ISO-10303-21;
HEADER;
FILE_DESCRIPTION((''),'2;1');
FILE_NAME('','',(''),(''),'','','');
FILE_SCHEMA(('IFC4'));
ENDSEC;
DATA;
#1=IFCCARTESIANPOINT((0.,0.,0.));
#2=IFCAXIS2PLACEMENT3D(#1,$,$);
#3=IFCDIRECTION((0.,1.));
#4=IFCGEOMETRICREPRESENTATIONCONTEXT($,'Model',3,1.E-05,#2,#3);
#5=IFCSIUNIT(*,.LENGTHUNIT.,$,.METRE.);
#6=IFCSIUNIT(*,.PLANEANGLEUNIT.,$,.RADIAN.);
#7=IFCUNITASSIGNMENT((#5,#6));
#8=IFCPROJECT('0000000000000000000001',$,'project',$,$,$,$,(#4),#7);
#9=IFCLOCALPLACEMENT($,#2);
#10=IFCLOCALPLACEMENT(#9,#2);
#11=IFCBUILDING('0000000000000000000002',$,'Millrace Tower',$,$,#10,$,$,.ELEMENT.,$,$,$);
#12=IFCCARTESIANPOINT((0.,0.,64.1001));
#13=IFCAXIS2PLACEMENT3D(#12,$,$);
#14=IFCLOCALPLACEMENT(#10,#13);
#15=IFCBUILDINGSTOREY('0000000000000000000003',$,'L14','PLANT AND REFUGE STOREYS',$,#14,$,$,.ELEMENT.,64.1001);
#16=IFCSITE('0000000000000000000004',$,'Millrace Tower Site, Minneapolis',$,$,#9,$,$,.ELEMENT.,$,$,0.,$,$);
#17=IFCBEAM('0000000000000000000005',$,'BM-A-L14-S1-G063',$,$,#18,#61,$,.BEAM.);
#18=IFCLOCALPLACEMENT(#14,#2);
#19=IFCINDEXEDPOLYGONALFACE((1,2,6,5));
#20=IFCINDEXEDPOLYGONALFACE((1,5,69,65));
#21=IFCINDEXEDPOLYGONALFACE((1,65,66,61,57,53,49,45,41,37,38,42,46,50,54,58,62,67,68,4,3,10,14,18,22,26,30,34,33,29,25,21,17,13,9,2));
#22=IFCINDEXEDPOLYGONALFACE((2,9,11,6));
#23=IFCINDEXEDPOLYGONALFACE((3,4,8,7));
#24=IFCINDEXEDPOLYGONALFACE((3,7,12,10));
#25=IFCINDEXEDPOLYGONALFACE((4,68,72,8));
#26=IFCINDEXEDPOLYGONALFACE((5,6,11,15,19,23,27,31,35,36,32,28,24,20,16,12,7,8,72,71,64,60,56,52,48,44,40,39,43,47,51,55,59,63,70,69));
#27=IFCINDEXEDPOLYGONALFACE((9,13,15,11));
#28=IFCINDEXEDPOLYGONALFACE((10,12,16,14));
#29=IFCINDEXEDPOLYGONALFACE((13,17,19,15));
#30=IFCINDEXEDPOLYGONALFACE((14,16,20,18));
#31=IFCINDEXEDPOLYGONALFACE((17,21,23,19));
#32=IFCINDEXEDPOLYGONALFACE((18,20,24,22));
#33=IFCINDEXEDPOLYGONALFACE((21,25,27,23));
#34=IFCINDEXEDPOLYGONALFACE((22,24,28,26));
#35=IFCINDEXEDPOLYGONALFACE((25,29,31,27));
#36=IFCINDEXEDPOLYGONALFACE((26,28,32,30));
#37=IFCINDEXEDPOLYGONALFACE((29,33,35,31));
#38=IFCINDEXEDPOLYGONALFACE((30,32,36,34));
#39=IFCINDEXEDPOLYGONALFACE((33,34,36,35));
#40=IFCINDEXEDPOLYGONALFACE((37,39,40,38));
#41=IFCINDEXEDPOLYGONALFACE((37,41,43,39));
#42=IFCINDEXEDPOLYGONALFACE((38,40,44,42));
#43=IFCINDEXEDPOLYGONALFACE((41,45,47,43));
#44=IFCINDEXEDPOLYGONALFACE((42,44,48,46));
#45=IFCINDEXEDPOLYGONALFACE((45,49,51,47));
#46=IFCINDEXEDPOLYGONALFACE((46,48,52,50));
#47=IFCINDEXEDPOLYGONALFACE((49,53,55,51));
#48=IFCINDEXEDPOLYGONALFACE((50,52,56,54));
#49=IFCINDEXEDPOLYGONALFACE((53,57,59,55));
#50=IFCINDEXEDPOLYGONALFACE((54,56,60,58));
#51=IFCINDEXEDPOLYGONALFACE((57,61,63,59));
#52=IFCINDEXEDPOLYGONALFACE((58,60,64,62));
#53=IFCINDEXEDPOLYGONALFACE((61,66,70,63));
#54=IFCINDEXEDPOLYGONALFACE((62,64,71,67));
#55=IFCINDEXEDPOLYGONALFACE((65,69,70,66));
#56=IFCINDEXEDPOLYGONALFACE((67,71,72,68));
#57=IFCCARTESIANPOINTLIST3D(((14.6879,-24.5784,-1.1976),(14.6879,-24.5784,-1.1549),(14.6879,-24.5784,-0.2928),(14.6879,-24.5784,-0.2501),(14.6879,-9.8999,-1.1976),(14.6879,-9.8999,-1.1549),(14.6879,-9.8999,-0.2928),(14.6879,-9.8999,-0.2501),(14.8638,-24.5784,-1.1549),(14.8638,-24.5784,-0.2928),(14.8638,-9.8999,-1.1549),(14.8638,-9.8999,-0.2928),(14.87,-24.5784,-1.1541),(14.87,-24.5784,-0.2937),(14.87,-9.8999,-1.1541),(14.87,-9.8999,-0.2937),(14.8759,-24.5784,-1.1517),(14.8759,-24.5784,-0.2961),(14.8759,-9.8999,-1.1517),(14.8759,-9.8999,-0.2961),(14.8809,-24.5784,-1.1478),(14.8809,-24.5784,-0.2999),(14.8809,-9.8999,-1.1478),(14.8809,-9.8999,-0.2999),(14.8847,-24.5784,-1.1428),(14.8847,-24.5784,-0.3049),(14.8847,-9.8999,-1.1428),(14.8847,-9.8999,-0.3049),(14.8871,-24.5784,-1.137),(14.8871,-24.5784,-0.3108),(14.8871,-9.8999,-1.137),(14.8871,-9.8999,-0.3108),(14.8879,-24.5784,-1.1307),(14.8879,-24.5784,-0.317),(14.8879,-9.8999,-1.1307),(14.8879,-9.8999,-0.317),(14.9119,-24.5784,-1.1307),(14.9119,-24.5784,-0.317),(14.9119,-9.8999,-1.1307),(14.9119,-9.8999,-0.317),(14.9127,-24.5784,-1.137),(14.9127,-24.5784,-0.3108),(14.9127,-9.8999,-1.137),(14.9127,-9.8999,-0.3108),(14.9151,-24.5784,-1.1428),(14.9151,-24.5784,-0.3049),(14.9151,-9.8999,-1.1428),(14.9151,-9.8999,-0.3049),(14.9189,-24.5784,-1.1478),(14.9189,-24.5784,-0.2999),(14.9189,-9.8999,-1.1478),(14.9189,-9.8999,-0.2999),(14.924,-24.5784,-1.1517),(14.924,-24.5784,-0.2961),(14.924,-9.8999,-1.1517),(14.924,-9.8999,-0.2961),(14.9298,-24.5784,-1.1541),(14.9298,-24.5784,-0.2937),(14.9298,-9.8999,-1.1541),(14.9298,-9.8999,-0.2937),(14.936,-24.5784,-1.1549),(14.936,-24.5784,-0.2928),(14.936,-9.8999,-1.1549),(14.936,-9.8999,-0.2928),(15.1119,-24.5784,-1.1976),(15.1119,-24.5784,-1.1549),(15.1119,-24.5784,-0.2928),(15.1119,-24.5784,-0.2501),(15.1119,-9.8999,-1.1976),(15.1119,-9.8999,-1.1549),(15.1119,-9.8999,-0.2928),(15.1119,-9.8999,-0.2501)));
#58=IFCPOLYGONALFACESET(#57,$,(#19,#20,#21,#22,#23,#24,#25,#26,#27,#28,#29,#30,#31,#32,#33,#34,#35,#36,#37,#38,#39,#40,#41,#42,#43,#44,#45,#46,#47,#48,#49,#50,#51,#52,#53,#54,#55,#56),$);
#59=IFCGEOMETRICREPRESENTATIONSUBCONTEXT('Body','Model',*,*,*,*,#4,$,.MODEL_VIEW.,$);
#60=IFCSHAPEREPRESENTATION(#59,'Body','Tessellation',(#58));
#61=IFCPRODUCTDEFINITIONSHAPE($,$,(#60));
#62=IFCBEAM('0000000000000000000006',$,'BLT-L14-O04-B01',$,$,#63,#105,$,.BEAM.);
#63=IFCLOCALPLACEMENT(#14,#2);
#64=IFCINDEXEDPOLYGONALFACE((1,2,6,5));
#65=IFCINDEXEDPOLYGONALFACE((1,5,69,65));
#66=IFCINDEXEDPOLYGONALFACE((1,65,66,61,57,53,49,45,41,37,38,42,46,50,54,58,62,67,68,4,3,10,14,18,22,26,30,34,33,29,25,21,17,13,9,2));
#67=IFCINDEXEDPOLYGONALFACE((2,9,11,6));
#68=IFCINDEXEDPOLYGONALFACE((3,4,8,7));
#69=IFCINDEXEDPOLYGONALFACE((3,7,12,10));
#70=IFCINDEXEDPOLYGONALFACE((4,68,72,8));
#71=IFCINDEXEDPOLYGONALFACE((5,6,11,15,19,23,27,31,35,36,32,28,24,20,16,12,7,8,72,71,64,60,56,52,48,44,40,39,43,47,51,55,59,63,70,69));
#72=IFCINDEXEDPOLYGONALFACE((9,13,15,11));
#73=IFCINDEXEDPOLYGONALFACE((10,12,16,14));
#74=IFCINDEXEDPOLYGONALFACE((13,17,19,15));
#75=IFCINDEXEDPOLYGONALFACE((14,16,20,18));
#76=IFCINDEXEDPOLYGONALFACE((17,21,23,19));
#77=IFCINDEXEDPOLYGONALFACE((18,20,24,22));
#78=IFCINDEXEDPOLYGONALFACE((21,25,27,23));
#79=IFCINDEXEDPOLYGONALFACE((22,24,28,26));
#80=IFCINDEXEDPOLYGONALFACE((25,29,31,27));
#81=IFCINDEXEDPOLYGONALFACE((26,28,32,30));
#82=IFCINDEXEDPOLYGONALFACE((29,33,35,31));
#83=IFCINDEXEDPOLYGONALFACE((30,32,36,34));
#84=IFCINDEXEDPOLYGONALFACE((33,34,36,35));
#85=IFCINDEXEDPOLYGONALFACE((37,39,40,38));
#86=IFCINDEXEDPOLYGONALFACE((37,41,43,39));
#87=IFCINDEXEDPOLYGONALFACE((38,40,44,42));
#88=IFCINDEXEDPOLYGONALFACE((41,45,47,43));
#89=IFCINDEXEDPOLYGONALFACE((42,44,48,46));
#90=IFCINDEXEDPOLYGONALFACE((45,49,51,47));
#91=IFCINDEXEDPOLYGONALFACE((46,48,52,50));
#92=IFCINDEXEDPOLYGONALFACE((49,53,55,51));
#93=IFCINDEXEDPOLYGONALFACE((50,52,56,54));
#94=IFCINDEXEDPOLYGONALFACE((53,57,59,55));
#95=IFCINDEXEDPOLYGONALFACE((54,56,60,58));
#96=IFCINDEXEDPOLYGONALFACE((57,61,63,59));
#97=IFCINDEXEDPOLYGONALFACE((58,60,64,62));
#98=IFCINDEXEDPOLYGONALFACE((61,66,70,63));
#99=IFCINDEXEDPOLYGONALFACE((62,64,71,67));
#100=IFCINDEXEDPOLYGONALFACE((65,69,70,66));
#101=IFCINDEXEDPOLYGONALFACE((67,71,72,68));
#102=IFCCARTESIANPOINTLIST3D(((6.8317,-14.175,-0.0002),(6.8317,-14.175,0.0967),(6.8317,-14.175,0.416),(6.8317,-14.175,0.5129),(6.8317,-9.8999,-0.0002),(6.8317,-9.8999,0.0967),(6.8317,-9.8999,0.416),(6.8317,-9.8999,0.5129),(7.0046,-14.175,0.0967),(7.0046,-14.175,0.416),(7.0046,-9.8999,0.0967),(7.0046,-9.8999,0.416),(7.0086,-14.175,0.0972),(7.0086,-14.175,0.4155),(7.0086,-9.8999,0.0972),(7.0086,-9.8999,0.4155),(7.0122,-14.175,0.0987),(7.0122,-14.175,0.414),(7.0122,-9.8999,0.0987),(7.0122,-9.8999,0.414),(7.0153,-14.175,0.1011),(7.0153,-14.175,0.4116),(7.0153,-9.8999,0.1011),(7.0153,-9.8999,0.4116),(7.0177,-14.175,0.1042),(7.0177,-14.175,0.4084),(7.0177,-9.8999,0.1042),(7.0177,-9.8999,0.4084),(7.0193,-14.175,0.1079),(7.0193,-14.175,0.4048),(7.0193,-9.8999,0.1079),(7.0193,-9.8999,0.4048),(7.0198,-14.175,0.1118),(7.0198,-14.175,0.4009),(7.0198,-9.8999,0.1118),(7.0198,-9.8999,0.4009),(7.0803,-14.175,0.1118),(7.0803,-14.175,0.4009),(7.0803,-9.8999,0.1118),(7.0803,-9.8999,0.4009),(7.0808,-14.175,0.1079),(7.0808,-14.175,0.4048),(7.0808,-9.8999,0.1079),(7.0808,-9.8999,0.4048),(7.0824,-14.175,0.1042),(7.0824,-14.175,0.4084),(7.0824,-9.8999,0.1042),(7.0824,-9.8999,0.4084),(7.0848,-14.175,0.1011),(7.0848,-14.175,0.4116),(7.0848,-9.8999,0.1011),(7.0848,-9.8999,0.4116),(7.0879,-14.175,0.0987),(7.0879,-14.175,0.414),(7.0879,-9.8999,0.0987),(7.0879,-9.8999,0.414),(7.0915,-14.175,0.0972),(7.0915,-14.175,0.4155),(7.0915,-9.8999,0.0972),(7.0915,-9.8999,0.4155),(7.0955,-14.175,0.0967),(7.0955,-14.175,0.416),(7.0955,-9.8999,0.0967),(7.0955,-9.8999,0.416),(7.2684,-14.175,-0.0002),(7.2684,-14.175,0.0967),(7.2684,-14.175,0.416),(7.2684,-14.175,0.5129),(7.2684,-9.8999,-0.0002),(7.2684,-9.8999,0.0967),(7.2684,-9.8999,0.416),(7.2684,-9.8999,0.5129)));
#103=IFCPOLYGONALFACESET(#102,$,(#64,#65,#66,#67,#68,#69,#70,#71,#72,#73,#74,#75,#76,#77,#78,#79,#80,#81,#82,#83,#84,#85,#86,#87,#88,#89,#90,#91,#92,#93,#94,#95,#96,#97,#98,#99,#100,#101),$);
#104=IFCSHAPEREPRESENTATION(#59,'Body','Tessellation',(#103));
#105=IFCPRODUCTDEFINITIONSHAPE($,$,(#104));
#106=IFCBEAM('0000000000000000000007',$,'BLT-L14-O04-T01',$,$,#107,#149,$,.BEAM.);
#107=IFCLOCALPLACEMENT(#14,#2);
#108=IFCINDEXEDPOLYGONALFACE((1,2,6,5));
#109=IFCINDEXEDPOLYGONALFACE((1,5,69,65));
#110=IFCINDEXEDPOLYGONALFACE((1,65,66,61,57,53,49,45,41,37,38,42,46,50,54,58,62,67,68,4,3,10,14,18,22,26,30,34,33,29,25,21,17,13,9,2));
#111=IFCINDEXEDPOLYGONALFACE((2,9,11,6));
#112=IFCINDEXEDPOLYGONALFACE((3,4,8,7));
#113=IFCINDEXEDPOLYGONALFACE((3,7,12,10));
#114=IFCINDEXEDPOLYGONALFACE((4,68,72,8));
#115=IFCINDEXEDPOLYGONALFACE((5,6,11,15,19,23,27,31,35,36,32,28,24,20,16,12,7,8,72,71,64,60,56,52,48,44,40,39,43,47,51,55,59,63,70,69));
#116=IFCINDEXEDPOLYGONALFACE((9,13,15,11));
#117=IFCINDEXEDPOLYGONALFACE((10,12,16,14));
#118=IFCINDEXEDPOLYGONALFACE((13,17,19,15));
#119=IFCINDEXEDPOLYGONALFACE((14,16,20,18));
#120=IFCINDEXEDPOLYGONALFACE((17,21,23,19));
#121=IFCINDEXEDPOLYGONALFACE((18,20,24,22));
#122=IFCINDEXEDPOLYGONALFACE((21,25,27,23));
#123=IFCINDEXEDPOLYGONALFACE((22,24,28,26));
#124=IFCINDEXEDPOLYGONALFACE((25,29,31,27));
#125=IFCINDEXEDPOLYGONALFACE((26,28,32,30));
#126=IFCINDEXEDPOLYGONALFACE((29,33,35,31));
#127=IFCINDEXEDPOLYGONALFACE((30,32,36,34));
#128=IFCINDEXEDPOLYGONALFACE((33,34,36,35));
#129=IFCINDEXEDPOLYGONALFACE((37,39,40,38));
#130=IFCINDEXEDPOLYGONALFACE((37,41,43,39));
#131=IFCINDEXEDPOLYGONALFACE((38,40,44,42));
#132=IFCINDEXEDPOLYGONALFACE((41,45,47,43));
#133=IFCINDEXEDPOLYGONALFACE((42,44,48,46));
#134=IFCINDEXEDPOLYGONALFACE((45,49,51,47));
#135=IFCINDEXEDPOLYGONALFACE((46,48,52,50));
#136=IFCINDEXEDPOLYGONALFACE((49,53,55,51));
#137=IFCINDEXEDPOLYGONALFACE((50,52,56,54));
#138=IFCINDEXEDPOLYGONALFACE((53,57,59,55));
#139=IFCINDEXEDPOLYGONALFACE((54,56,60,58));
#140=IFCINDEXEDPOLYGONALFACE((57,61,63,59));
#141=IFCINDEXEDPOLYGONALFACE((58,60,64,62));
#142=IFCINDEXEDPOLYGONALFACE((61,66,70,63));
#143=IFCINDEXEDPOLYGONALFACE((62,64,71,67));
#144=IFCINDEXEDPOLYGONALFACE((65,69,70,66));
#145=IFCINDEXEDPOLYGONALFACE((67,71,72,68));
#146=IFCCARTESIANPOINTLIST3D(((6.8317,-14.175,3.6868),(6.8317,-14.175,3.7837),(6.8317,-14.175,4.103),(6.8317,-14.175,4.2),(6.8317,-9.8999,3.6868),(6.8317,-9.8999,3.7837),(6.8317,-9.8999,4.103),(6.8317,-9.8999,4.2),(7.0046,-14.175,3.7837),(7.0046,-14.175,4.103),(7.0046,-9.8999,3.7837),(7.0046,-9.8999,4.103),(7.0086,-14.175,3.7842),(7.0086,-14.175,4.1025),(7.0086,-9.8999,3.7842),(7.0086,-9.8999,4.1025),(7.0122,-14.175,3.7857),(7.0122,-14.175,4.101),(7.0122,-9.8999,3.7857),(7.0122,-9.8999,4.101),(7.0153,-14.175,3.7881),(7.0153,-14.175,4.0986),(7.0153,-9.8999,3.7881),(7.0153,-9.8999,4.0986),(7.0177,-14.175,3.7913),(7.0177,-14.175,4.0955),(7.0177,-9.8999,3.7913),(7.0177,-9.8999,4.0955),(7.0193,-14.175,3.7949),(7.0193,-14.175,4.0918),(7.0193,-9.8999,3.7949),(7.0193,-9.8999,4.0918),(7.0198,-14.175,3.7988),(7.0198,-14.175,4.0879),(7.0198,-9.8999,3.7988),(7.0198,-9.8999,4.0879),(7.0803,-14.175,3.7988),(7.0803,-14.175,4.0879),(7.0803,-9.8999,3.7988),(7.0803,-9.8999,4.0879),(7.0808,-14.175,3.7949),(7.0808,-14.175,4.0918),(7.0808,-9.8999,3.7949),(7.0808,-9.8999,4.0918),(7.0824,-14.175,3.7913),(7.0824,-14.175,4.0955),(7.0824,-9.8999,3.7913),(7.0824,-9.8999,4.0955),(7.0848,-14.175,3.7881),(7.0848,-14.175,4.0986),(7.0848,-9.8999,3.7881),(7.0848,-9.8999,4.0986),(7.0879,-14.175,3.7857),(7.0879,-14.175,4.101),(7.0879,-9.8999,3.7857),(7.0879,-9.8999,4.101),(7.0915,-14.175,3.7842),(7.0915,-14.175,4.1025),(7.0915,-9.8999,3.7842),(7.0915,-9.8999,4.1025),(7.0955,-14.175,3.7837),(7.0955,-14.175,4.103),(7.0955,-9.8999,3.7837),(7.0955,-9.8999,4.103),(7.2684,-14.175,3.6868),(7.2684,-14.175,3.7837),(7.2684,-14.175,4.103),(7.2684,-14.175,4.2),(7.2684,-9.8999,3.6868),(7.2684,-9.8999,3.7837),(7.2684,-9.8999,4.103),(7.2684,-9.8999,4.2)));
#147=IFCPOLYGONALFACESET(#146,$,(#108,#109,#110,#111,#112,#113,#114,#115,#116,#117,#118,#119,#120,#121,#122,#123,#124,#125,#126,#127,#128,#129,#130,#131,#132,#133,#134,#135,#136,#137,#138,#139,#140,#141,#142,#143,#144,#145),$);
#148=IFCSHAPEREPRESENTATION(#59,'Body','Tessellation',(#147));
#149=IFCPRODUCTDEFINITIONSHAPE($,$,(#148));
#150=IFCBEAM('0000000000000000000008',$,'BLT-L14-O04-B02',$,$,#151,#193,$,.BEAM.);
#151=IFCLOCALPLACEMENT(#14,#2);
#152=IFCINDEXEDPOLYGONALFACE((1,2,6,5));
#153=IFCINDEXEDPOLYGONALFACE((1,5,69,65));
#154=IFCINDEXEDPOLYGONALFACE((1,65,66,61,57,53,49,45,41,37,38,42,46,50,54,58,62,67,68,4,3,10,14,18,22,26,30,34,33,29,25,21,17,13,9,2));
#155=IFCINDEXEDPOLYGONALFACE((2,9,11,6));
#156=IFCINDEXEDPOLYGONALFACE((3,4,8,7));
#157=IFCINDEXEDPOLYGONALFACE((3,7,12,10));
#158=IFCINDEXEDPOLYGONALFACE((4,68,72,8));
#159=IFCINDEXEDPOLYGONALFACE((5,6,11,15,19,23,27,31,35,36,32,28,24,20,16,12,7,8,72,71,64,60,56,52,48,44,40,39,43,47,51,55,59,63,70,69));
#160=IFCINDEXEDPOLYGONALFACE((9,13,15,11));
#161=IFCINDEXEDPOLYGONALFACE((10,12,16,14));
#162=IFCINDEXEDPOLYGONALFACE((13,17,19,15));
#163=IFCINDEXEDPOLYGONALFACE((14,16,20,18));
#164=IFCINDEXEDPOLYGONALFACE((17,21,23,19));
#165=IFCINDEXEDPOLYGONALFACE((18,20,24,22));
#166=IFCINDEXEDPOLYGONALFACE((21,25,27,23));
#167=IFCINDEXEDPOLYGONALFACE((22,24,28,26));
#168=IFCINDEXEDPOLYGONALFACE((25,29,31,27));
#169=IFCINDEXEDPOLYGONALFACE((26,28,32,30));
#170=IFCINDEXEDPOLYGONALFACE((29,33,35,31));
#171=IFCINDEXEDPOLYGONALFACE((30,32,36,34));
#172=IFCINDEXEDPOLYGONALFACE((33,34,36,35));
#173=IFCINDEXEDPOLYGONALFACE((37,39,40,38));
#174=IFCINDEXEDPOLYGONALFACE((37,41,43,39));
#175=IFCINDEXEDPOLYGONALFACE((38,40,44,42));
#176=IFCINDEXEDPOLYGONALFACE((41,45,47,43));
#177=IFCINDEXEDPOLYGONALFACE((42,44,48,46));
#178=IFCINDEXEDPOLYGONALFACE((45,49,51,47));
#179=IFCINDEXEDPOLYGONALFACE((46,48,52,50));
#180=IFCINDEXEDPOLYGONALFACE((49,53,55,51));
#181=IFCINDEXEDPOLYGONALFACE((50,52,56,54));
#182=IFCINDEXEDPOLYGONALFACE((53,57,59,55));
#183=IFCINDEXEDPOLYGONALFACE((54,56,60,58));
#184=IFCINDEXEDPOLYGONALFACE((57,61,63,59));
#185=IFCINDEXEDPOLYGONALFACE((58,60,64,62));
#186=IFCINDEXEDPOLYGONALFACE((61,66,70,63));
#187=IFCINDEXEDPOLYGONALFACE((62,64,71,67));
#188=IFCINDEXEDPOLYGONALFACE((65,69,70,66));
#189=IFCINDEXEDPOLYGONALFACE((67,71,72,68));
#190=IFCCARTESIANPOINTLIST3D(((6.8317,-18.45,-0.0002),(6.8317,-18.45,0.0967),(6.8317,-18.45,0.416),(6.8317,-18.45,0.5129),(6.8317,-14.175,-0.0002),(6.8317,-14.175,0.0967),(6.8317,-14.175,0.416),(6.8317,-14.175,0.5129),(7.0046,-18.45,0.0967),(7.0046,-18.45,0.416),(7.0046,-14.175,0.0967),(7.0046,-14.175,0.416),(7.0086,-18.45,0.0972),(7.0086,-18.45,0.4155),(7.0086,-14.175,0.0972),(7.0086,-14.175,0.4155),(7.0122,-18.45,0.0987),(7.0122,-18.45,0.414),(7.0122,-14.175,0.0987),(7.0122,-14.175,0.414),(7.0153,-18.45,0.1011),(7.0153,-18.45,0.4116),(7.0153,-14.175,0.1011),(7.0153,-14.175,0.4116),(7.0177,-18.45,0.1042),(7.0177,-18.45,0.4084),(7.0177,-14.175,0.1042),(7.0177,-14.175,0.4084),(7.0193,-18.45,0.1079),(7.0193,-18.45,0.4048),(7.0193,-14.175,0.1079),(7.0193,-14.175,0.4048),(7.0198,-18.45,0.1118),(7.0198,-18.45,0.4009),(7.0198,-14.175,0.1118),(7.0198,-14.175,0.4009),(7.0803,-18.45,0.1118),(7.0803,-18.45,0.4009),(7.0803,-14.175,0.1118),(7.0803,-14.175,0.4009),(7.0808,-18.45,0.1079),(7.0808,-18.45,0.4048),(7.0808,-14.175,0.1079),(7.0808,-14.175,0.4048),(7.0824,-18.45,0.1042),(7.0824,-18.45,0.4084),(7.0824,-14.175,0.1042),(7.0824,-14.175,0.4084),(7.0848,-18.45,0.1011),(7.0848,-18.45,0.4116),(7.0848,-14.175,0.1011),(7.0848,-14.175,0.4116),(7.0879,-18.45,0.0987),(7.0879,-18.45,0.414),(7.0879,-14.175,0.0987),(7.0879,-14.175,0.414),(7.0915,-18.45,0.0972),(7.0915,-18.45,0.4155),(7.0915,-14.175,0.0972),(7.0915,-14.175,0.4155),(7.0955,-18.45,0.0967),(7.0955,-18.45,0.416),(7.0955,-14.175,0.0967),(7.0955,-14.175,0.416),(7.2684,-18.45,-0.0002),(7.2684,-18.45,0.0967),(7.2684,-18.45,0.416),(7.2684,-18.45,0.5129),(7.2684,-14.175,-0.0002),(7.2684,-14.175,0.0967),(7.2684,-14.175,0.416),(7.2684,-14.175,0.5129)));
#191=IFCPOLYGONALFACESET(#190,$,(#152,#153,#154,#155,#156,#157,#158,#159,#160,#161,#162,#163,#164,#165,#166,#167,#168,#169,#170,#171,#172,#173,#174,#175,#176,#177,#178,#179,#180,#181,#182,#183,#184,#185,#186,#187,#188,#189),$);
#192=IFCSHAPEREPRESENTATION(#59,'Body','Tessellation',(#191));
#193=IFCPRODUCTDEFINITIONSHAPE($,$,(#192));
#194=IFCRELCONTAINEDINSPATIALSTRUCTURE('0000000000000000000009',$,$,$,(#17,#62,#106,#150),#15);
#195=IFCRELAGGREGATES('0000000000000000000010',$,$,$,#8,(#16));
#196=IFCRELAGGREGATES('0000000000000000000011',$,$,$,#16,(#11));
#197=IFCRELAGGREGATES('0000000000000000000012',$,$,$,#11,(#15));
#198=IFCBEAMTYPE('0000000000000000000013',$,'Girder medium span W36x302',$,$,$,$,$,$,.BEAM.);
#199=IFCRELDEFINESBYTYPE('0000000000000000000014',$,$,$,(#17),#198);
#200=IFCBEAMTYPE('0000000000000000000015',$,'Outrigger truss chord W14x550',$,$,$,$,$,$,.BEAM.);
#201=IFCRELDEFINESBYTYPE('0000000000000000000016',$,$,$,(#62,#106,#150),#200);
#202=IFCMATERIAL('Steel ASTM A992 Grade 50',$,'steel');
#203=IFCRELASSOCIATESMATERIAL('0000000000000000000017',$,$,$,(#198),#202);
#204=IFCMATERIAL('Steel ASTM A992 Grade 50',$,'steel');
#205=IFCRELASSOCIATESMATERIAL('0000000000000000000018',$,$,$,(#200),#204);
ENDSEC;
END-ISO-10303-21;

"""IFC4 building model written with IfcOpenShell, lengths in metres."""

from ifc_helpers import new_model, si_unit, direction, frame, origin, origin_2d, place, context, subcontext, project, spatial, i_section, extrude, material, material_profile, profile_set, type_object, element, save


model = new_model("IFC4")

# Units and contexts
model_context = context("Model", 3, precision=1e-05, world=origin(), true_north=direction((0.0, 1.0)))
body_context = subcontext(model_context, "Body", "Model", "MODEL_VIEW")
ifc_project = project(units=[si_unit("LENGTHUNIT", "METRE"), si_unit("PLANEANGLEUNIT", "RADIAN")], contexts=[model_context])

# Site, building, storey
site_placement = place(None, origin())
site = spatial("IfcSite", under=ifc_project, at=site_placement, Name="Millrace Tower Site, Minneapolis", CompositionType="ELEMENT", RefElevation=0.0)
building_placement = place(site_placement, origin())
building = spatial("IfcBuilding", under=site, at=building_placement, Name="Millrace Tower", CompositionType="ELEMENT")
storey_placement = place(building_placement, frame((0.0, 0.0, 64.1001)))
storey = spatial("IfcBuildingStorey", under=building, at=storey_placement, Name="L14", Description="PLANT AND REFUGE STOREYS", CompositionType="ELEMENT", Elevation=64.1001)

# Beams
ifc_material_1 = material(Name="Steel ASTM A992 Grade 50", Category="steel")
ifc_material_profile_1 = material_profile(ifc_material_1, i_section(OverallWidth=0.4241, OverallDepth=0.9475, WebThickness=0.0239, FlangeThickness=0.0427, FilletRadius=0.0242, at=origin_2d()))
ifc_profile_set_1 = profile_set([ifc_material_profile_1], Name="Steel ASTM A992 Grade 50")
beam_type_1 = type_object("IfcBeamType", Name="Girder medium span W36x302", PredefinedType="BEAM", material=ifc_profile_set_1)
beam_1_placement = place(storey_placement, frame((14.8999, -24.5784, -0.7239), z_axis=(0.0, 1.0, 0.0), x_axis=(-1.0, 0.0, 0.0)))
element("IfcBeam", 1, at=beam_1_placement, inside=storey, type_object=beam_type_1, Name="BM-A-L14-S1-G063", PredefinedType="BEAM", context=body_context, shape_type="SweptSolid", body=[
    extrude(i_section(OverallWidth=0.4241, OverallDepth=0.9475, WebThickness=0.0239, FlangeThickness=0.0427, FilletRadius=0.0242, at=origin_2d()), origin(), (0.0, 0.0, 1.0), 14.6785),
])
ifc_material_2 = material(Name="Steel ASTM A992 Grade 50", Category="steel")
ifc_material_profile_2 = material_profile(ifc_material_2, i_section(OverallWidth=0.4368, OverallDepth=0.5132, WebThickness=0.0605, FlangeThickness=0.0969, FilletRadius=0.0151, at=origin_2d()))
ifc_profile_set_2 = profile_set([ifc_material_profile_2], Name="Steel ASTM A992 Grade 50")
beam_type_2 = type_object("IfcBeamType", Name="Outrigger truss chord W14x550", PredefinedType="BEAM", material=ifc_profile_set_2)
for number, where, z_axis, x_axis, name in (
    (2, (7.05, -9.8999, 0.2563), (0.0, -1.0, 0.0), (1.0, 0.0, 0.0), "BLT-L14-O04-B01"),
    (3, (7.05, -9.8999, 3.9434), (0.0, -1.0, 0.0), (1.0, 0.0, 0.0), "BLT-L14-O04-T01"),
):
    element("IfcBeam", number, at=place(storey_placement, frame(where, z_axis=z_axis, x_axis=x_axis)), inside=storey, type_object=beam_type_2, Name=name, PredefinedType="BEAM", context=body_context, shape_type="SweptSolid", body=[
        extrude(i_section(OverallWidth=0.4368, OverallDepth=0.5132, WebThickness=0.0605, FlangeThickness=0.0969, FilletRadius=0.0151, at=origin_2d()), origin(), (0.0, 0.0, 1.0), 4.2751),
    ])
for number, where, z_axis, x_axis, name in (
    (4, (7.05, -14.175, 0.2563), (0.0, -1.0, 0.0), (1.0, 0.0, 0.0), "BLT-L14-O04-B02"),
):
    element("IfcBeam", number, at=place(storey_placement, frame(where, z_axis=z_axis, x_axis=x_axis)), inside=storey, type_object=beam_type_2, Name=name, PredefinedType="BEAM", context=body_context, shape_type="SweptSolid", body=[
        extrude(i_section(OverallWidth=0.4368, OverallDepth=0.5132, WebThickness=0.0605, FlangeThickness=0.0969, FilletRadius=0.0151, at=origin_2d()), origin(), (0.0, 0.0, 1.0), 4.2749),
    ])

save(model, "model.ifc")
